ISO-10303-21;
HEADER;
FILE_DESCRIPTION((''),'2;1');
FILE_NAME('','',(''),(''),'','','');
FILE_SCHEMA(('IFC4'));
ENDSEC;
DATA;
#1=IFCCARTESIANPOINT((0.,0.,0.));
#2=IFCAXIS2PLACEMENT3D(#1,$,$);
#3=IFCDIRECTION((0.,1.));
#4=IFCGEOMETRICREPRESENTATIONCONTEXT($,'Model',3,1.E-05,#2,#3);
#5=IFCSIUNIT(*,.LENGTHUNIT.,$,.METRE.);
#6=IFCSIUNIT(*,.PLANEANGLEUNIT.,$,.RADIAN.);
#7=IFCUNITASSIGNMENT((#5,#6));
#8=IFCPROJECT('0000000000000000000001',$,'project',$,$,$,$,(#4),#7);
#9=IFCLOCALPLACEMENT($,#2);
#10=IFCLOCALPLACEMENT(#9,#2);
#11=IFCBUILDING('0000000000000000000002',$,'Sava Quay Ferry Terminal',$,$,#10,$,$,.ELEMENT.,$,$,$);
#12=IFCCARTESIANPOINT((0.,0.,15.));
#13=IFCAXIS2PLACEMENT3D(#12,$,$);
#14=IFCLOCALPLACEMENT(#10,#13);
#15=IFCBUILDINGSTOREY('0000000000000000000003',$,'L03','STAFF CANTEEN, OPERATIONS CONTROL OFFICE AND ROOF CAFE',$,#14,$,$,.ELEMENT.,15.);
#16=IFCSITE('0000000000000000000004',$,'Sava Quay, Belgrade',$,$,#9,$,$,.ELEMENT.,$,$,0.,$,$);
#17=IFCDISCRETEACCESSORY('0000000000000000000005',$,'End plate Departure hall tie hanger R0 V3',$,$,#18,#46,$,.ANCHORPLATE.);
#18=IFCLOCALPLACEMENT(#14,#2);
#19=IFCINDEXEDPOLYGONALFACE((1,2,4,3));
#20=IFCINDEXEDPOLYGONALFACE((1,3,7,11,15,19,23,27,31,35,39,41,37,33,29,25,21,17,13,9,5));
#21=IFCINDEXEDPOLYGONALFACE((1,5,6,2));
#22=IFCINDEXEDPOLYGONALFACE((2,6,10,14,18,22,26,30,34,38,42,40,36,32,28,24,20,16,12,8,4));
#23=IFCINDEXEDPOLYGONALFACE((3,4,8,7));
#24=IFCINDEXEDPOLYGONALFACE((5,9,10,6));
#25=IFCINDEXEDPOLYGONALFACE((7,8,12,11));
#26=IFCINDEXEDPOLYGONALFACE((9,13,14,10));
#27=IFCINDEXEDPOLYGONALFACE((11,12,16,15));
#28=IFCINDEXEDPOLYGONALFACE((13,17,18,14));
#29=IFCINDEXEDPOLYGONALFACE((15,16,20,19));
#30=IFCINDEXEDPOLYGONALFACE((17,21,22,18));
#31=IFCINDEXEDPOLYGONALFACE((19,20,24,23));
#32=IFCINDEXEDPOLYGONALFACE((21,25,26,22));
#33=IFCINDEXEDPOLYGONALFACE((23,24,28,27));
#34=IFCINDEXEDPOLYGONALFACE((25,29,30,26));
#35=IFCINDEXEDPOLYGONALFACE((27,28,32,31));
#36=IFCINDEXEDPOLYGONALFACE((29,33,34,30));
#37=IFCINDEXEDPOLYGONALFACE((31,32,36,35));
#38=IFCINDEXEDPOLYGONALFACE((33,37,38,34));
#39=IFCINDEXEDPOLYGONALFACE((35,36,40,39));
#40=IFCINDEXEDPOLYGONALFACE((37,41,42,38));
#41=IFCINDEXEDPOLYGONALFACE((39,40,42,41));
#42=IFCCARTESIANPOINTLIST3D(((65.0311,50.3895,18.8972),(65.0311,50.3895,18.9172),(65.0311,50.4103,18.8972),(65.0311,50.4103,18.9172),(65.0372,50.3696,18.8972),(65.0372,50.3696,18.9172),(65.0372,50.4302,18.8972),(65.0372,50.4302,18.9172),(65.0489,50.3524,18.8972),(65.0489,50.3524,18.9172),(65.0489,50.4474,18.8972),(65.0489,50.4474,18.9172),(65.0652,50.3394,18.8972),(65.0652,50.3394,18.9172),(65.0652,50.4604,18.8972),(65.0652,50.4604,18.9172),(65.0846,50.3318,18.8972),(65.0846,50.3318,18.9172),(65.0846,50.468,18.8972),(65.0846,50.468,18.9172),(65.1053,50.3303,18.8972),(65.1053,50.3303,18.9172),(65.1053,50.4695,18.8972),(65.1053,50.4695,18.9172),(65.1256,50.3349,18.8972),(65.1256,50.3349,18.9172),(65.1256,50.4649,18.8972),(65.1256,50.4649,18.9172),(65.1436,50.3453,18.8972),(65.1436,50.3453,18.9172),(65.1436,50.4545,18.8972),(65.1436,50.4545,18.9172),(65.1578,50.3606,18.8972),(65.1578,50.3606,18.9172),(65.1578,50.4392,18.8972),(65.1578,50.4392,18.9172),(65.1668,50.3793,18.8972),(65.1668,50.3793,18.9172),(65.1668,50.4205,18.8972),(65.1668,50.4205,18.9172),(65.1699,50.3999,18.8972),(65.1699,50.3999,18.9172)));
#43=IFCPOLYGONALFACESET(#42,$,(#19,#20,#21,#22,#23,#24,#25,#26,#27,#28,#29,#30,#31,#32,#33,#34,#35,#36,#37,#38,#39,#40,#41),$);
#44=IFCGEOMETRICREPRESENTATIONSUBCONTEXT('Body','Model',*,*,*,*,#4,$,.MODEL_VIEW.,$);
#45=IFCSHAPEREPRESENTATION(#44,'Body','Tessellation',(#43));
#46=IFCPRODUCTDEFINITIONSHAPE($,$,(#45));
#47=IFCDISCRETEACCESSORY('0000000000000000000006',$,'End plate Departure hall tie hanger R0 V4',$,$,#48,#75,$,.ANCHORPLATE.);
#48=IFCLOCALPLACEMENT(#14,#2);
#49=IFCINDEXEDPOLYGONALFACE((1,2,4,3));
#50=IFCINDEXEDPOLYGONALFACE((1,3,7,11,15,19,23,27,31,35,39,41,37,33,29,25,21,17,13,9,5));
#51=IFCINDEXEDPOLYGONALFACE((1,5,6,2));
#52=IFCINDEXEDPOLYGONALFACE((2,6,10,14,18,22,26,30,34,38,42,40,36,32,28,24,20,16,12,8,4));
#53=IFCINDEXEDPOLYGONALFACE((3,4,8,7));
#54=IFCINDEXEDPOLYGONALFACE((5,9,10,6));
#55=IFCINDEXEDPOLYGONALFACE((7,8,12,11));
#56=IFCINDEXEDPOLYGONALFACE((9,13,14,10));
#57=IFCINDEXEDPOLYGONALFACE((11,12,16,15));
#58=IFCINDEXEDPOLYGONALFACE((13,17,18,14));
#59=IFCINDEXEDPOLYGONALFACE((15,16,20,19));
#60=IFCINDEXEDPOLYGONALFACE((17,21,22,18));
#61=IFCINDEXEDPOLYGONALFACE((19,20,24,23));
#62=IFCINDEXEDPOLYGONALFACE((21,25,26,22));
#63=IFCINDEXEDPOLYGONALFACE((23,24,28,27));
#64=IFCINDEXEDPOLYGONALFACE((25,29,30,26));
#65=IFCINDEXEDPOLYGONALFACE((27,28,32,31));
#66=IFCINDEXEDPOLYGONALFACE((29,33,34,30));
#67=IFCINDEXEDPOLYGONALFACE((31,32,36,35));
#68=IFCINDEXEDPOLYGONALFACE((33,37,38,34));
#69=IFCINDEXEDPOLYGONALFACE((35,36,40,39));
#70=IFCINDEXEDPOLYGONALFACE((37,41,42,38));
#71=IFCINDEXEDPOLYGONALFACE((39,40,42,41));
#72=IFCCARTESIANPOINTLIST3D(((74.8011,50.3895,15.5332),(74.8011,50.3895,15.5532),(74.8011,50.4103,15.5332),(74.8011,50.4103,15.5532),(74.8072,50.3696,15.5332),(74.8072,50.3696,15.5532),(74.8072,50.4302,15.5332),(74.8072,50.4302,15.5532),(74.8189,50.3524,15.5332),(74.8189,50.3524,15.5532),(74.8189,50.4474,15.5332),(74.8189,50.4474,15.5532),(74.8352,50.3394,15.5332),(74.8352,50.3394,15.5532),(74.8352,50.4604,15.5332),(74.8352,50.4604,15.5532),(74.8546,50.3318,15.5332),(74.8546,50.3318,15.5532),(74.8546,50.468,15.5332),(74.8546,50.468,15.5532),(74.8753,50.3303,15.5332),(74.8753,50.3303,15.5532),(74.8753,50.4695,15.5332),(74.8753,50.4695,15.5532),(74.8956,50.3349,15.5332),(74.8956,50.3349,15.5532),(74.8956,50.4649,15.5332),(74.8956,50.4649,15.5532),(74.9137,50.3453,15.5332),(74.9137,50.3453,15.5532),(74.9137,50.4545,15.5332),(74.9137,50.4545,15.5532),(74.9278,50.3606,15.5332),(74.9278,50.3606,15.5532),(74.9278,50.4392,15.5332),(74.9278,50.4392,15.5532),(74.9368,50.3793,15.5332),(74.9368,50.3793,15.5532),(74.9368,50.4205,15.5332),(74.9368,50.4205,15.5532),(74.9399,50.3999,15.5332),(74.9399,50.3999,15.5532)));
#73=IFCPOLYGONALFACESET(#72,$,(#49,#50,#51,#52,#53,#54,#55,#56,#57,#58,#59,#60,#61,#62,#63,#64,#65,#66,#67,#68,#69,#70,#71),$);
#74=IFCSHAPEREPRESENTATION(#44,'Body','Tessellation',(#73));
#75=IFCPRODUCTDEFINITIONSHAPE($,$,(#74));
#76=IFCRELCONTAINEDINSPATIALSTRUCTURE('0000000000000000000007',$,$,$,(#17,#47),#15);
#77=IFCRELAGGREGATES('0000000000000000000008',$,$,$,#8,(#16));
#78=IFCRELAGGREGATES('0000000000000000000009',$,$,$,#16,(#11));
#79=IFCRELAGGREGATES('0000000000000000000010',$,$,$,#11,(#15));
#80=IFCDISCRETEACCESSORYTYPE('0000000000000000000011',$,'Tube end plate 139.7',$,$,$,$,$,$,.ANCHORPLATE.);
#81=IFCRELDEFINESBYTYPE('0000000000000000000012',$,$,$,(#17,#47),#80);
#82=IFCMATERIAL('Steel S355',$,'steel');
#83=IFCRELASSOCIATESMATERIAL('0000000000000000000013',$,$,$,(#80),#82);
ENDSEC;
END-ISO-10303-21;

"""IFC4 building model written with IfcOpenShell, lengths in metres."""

from ifc_helpers import new_model, si_unit, direction, frame, origin, origin_2d, place, context, subcontext, project, spatial, circle, extrude, material, material_profile, profile_set, type_object, element, save


model = new_model("IFC4")

# Units and contexts
model_context = context("Model", 3, precision=1e-05, world=origin(), true_north=direction((0.0, 1.0)))
body_context = subcontext(model_context, "Body", "Model", "MODEL_VIEW")
ifc_project = project(units=[si_unit("LENGTHUNIT", "METRE"), si_unit("PLANEANGLEUNIT", "RADIAN")], contexts=[model_context])

# Site, building, storey
site_placement = place(None, origin())
site = spatial("IfcSite", under=ifc_project, at=site_placement, Name="Sava Quay, Belgrade", CompositionType="ELEMENT", RefElevation=0.0)
building_placement = place(site_placement, origin())
building = spatial("IfcBuilding", under=site, at=building_placement, Name="Sava Quay Ferry Terminal", CompositionType="ELEMENT")
storey_placement = place(building_placement, frame((0.0, 0.0, 15.0)))
storey = spatial("IfcBuildingStorey", under=building, at=storey_placement, Name="L03", Description="STAFF CANTEEN, OPERATIONS CONTROL OFFICE AND ROOF CAFE", CompositionType="ELEMENT", Elevation=15.0)

# Discrete accessories
ifc_material_1 = material(Name="Steel S355", Category="steel")
ifc_material_profile_1 = material_profile(ifc_material_1, circle(Radius=0.0698, at=origin_2d()), Name="Plate 139.7 dia x 20")
ifc_profile_set_1 = profile_set([ifc_material_profile_1], Name="Steel S355")
discrete_accessory_type_1 = type_object("IfcDiscreteAccessoryType", Name="Tube end plate 139.7", PredefinedType="ANCHORPLATE", material=ifc_profile_set_1)
for number, where, z_axis, x_axis, name in (
    (1, (65.1001, 50.3999, 18.8972), (0.0, 0.0, 1.0), (1.0, 0.0, 0.0), "End plate Departure hall tie hanger R0 V3"),
    (2, (74.8701, 50.3999, 15.5332), (0.0, 0.0, 1.0), (1.0, 0.0, 0.0), "End plate Departure hall tie hanger R0 V4"),
):
    element("IfcDiscreteAccessory", number, at=place(storey_placement, frame(where, z_axis=z_axis, x_axis=x_axis)), inside=storey, type_object=discrete_accessory_type_1, Name=name, PredefinedType="ANCHORPLATE", context=body_context, shape_type="SweptSolid", body=[
        extrude(circle(Radius=0.0698, at=origin_2d()), origin(), (0.0, 0.0, 1.0), 0.02),
    ])

save(model, "model.ifc")
